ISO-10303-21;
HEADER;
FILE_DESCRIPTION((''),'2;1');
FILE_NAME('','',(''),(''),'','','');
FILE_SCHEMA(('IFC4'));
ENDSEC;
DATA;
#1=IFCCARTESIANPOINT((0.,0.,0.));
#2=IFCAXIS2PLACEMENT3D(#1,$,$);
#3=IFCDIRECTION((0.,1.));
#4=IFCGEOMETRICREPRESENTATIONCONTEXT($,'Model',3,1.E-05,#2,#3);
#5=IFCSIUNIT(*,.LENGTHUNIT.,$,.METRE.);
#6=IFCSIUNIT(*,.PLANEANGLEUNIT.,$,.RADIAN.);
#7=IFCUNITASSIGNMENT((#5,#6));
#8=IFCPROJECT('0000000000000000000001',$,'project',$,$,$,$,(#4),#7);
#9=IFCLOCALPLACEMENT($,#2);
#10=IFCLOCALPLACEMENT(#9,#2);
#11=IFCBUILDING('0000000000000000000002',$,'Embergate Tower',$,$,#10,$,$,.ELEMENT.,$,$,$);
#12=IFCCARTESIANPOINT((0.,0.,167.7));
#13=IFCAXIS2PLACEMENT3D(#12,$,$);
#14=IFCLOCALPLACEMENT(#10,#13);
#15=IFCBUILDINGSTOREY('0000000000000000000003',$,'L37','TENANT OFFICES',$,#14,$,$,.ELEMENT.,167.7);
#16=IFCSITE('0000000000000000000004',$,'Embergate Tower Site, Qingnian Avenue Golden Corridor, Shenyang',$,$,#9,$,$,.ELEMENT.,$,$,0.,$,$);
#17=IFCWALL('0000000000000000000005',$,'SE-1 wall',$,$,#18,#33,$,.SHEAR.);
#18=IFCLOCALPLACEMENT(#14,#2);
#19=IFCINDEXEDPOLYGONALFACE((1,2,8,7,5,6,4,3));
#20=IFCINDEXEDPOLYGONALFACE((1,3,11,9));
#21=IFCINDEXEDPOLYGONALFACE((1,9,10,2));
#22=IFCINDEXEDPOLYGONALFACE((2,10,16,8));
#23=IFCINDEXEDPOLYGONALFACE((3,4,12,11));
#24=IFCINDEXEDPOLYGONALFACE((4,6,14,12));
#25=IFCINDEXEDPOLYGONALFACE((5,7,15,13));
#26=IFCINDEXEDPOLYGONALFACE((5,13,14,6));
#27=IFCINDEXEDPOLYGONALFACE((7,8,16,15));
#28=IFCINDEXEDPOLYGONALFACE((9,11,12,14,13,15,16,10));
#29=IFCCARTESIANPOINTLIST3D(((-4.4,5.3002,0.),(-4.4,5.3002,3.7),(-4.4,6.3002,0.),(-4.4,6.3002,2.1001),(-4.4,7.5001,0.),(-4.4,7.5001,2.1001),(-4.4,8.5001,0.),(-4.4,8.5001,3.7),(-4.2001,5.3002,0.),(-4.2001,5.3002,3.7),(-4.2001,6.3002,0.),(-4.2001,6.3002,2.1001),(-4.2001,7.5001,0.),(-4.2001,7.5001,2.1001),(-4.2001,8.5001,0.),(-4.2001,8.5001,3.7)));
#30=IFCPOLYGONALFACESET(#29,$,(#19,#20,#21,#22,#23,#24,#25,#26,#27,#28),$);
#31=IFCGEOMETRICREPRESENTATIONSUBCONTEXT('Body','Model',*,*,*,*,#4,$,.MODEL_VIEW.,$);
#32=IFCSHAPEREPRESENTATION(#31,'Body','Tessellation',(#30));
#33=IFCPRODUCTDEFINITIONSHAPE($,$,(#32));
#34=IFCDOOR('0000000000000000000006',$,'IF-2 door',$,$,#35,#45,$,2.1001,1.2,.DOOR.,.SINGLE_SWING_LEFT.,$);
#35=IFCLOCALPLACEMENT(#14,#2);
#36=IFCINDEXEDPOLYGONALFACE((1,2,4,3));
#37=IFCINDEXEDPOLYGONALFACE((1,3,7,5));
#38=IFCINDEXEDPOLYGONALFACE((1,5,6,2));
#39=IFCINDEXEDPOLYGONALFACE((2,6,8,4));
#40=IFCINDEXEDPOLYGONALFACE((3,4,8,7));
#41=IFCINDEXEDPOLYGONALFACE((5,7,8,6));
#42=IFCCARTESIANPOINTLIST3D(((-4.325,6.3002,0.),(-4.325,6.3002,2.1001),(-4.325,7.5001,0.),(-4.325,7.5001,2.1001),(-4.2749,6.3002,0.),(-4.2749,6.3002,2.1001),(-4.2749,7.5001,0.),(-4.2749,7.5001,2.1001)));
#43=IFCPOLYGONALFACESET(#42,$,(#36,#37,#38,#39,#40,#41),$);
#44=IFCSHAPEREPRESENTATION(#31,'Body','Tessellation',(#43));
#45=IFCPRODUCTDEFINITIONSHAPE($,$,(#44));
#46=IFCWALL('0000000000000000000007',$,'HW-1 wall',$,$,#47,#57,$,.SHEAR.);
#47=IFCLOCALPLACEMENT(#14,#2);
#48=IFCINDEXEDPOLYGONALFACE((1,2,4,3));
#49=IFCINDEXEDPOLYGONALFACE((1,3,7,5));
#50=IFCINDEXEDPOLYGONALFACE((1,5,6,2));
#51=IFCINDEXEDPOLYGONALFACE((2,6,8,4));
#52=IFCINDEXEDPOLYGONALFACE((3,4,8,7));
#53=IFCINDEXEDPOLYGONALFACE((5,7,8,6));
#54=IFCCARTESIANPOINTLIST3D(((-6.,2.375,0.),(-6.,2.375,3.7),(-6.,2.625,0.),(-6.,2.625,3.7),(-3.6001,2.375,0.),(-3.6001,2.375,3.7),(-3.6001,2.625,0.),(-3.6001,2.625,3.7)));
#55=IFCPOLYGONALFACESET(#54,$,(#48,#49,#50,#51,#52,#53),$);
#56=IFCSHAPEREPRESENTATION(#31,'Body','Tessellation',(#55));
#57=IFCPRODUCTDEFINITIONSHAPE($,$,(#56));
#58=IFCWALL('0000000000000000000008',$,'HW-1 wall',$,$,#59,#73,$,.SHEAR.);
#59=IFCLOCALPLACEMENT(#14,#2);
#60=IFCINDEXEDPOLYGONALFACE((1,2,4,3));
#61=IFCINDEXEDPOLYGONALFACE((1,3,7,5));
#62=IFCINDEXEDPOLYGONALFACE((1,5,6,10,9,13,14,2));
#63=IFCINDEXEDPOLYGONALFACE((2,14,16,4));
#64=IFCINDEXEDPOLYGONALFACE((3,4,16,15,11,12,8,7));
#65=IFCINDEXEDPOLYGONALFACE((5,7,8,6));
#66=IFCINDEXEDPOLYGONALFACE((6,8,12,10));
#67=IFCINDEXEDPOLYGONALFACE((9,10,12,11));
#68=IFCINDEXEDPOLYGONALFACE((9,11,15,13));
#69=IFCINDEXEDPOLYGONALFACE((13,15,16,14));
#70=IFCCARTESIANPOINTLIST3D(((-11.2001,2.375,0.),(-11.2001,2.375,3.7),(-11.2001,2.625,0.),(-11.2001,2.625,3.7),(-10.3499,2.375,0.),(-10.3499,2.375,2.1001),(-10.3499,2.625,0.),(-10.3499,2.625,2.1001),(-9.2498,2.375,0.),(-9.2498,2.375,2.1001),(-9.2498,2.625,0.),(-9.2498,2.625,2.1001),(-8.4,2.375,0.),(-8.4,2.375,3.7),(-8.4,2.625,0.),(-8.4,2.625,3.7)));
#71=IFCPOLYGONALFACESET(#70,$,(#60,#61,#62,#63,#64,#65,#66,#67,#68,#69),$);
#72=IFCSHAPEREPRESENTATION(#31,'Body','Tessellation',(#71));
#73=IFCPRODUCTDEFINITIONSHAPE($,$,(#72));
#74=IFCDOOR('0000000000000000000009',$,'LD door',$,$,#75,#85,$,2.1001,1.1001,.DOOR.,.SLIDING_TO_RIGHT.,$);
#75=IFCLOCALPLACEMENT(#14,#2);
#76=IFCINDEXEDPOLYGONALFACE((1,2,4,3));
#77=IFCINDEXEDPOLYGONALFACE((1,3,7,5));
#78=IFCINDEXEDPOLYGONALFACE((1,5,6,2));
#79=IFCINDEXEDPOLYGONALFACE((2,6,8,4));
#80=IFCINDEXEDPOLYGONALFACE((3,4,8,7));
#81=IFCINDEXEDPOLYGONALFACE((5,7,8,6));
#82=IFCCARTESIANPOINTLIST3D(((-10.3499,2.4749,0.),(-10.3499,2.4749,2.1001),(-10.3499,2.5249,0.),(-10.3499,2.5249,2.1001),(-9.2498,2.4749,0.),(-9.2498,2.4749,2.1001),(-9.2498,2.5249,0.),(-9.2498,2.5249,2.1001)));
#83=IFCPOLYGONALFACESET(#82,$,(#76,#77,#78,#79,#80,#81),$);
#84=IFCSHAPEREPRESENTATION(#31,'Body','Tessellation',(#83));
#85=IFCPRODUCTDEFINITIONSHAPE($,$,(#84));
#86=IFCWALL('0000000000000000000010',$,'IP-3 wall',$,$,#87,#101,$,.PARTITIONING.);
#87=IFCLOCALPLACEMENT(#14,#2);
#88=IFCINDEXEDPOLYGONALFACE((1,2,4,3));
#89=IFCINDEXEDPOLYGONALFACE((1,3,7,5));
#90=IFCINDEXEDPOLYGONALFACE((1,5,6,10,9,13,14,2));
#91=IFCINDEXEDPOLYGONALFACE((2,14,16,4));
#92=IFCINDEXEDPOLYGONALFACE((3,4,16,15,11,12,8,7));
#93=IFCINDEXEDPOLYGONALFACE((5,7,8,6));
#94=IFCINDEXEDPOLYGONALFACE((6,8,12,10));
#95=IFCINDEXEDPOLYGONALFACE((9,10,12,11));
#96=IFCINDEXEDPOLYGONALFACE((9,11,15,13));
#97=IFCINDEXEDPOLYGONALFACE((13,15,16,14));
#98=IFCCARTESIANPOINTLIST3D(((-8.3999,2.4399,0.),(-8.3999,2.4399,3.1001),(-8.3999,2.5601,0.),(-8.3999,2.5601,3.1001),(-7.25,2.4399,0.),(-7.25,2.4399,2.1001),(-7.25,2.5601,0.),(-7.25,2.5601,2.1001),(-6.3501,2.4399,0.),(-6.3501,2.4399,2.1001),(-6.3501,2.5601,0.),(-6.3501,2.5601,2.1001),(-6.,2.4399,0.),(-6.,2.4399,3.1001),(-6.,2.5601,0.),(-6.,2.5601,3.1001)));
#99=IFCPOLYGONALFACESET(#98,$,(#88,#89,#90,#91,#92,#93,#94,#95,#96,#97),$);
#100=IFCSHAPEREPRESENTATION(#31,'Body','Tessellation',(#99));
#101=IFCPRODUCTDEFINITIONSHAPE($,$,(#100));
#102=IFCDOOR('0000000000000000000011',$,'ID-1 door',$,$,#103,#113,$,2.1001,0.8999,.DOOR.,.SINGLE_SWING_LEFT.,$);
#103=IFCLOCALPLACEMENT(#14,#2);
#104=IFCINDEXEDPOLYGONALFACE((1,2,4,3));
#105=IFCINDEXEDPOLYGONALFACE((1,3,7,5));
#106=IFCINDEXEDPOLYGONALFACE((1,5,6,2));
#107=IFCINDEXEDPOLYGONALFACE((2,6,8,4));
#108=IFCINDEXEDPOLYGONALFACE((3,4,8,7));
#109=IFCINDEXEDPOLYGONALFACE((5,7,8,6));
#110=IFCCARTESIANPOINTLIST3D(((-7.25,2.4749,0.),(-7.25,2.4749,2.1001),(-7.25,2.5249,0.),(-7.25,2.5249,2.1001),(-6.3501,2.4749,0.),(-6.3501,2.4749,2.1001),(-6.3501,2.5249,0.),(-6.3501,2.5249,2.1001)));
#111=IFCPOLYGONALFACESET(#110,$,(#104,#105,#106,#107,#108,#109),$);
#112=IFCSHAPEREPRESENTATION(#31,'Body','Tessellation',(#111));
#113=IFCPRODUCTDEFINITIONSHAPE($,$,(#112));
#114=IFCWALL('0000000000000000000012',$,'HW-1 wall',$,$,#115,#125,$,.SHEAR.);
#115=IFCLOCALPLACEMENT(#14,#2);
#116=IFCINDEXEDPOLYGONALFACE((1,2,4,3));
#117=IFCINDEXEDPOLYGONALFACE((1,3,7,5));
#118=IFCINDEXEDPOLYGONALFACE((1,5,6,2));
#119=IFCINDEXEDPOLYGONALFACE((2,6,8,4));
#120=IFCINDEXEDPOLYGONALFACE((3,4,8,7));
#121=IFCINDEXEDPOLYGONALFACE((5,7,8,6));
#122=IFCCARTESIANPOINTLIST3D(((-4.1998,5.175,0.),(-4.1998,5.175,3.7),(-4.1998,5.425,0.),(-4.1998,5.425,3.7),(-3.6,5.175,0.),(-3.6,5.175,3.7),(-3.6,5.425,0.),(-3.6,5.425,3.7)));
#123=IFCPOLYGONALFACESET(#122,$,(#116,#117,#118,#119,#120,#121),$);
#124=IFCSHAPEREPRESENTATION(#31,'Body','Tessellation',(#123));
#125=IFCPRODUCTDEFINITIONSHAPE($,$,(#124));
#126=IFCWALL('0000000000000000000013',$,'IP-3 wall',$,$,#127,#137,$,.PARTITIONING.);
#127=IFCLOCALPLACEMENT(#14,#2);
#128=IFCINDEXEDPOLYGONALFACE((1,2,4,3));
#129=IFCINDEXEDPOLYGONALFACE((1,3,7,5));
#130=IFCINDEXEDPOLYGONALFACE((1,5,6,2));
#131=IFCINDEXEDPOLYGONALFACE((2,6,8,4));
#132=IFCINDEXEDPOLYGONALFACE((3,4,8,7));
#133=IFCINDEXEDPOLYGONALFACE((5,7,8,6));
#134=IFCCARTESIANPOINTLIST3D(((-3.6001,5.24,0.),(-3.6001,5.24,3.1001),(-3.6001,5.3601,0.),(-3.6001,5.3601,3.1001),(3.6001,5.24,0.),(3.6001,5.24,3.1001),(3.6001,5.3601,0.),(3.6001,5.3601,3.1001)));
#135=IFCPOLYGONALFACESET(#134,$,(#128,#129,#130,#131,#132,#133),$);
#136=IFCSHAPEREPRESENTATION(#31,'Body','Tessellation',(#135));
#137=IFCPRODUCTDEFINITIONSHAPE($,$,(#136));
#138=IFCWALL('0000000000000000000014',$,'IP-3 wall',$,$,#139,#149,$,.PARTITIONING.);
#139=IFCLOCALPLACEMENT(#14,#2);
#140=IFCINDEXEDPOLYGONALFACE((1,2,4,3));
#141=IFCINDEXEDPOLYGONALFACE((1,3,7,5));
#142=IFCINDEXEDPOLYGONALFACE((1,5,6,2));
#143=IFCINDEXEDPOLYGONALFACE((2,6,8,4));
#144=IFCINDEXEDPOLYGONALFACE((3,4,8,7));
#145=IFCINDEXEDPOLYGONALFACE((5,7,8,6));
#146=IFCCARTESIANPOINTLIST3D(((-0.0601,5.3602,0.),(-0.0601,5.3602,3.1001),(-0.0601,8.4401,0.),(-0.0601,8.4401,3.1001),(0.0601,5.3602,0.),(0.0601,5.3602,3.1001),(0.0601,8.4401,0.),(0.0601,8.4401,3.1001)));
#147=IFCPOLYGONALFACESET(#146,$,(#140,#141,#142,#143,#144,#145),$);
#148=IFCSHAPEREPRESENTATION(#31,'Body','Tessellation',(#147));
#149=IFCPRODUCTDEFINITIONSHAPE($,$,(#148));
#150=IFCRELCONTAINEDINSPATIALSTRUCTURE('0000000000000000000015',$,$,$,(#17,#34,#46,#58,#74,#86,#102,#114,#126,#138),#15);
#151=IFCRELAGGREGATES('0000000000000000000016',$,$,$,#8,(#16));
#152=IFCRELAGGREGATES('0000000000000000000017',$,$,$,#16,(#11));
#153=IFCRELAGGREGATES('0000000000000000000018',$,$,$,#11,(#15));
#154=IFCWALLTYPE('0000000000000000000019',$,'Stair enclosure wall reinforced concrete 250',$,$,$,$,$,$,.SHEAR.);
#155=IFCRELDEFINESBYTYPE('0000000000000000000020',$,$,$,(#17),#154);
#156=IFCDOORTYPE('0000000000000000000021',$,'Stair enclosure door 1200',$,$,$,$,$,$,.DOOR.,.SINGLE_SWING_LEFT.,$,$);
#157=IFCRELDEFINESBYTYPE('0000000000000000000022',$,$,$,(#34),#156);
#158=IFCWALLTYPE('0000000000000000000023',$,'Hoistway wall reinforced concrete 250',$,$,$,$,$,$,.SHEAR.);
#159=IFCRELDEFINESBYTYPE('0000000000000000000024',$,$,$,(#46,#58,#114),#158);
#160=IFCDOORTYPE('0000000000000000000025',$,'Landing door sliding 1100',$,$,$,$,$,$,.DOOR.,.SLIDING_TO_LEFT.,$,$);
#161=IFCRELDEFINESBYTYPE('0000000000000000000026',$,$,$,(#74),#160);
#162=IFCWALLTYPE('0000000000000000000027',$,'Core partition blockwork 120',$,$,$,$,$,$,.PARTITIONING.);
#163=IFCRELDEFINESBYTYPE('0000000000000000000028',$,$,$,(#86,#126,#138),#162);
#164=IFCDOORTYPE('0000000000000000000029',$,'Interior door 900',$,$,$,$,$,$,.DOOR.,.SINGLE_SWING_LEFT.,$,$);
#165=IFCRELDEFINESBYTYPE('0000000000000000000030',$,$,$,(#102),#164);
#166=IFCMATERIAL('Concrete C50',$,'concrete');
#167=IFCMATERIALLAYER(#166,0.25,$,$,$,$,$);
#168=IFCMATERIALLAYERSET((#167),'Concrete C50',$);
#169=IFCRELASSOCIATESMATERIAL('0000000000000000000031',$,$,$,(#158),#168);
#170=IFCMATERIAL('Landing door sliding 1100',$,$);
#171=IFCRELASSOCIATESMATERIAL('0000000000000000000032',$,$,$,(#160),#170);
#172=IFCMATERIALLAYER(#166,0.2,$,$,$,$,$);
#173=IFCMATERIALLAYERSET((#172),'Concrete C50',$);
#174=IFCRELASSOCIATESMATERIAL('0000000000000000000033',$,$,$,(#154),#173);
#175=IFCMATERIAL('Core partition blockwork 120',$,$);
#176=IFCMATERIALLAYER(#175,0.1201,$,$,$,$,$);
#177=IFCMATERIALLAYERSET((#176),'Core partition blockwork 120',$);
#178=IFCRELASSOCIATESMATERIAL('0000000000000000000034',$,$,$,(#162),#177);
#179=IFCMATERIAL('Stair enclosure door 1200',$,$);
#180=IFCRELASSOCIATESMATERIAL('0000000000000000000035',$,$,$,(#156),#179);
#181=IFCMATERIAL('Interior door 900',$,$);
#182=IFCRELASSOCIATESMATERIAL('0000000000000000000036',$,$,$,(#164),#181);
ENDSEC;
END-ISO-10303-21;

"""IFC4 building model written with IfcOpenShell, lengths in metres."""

from ifc_helpers import new_model, si_unit, direction, frame, frame_2d, origin, place, context, subcontext, project, spatial, rectangle, extrude, source, transform, mapped, material, layer, layer_set, type_object, element, fill, save


model = new_model("IFC4")

# Units and contexts
model_context = context("Model", 3, precision=1e-05, world=origin(), true_north=direction((0.0, 1.0)))
body_context = subcontext(model_context, "Body", "Model", "MODEL_VIEW")
ifc_project = project(units=[si_unit("LENGTHUNIT", "METRE"), si_unit("PLANEANGLEUNIT", "RADIAN")], contexts=[model_context])

# Site, building, storey
site_placement = place(None, origin())
site = spatial("IfcSite", under=ifc_project, at=site_placement, Name="Embergate Tower Site, Qingnian Avenue Golden Corridor, Shenyang", CompositionType="ELEMENT", RefElevation=0.0)
building_placement = place(site_placement, origin())
building = spatial("IfcBuilding", under=site, at=building_placement, Name="Embergate Tower", CompositionType="ELEMENT")
storey_placement = place(building_placement, frame((0.0, 0.0, 167.7)))
storey = spatial("IfcBuildingStorey", under=building, at=storey_placement, Name="L37", Description="TENANT OFFICES", CompositionType="ELEMENT", Elevation=167.7)

# Shared definitions
ifc_material_1 = material(Name="Concrete C50", Category="concrete")
ifc_layer_1 = layer(ifc_material_1, 0.25)
ifc_layer_set_1 = layer_set([ifc_layer_1], Name="Concrete C50")
wall_type_1 = type_object("IfcWallType", Name="Hoistway wall reinforced concrete 250", PredefinedType="SHEAR", material=ifc_layer_set_1)

# Shared definitions
shared_shape_1 = source(origin(), body_context, "Body", "SweptSolid", [
    extrude(rectangle(XDim=1.1001, YDim=2.1001, at=frame_2d((0.55, 1.05))), frame((0.0, 0.135, 0.0), z_axis=(0.0, -1.0, 0.0), x_axis=(1.0, 0.0, 0.0)), (0.0, 0.0, 1.0), 0.27),
])
ifc_material_2 = material(Name="Landing door sliding 1100")
door_type_1 = type_object("IfcDoorType", Name="Landing door sliding 1100", OperationType="SLIDING_TO_LEFT", PredefinedType="DOOR", material=ifc_material_2)
shared_shape_2 = source(origin(), body_context, "Body", "SweptSolid", [
    extrude(rectangle(XDim=1.1001, YDim=2.1001, at=frame_2d((0.55, 1.05))), frame((0.0, 0.0249, 0.0), z_axis=(0.0, -1.0, 0.0), x_axis=(1.0, 0.0, 0.0)), (0.0, 0.0, 1.0), 0.05),
])

# Shared definitions
ifc_layer_2 = layer(ifc_material_1, 0.2)
ifc_layer_set_2 = layer_set([ifc_layer_2], Name="Concrete C50")
wall_type_2 = type_object("IfcWallType", Name="Stair enclosure wall reinforced concrete 250", PredefinedType="SHEAR", material=ifc_layer_set_2)

# Wall, opening, door
ifc_material_3 = material(Name="Core partition blockwork 120")
ifc_layer_3 = layer(ifc_material_3, 0.1201)
ifc_layer_set_3 = layer_set([ifc_layer_3], Name="Core partition blockwork 120")
wall_type_3 = type_object("IfcWallType", Name="Core partition blockwork 120", PredefinedType="PARTITIONING", material=ifc_layer_set_3)
shared_shape_3 = source(origin(), body_context, "Body", "SweptSolid", [
    extrude(rectangle(XDim=3.2, YDim=0.2, at=frame_2d((1.6001, 0.0))), origin(), (0.0, 0.0, 1.0), 3.7),
])
wall_1_placement = place(storey_placement, frame((-4.3, 5.3, 0.0), z_axis=(0.0, 0.0, 1.0), x_axis=(0.0, 1.0, 0.0)))
wall_1 = element("IfcWall", 1, at=wall_1_placement, inside=storey, type_object=wall_type_2, Name="SE-1 wall", PredefinedType="SHEAR", context=body_context, shape_type="MappedRepresentation", body=[
    mapped(shared_shape_3, transform((0.0, 0.0, 0.0))),
])
shared_shape_4 = source(origin(), body_context, "Body", "SweptSolid", [
    extrude(rectangle(XDim=1.2, YDim=2.1001, at=frame_2d((0.6001, 1.05))), frame((0.0, 0.1099, 0.0), z_axis=(0.0, -1.0, 0.0), x_axis=(1.0, 0.0, 0.0)), (0.0, 0.0, 1.0), 0.22),
])
opening_1_placement = place(wall_1_placement, frame((1.0, 0.0, 0.0)))
opening_1 = element("IfcOpeningElement", 2, at=opening_1_placement, cuts=wall_1, PredefinedType="OPENING", context=body_context, shape_type="MappedRepresentation", body=[
    mapped(shared_shape_4, transform((0.0, 0.0, 0.0))),
])
ifc_material_4 = material(Name="Stair enclosure door 1200")
door_type_2 = type_object("IfcDoorType", Name="Stair enclosure door 1200", OperationType="SINGLE_SWING_LEFT", PredefinedType="DOOR", material=ifc_material_4)
shared_shape_5 = source(origin(), body_context, "Body", "SweptSolid", [
    extrude(rectangle(XDim=1.2, YDim=2.1001, at=frame_2d((0.6001, 1.05))), frame((0.0, 0.0249, 0.0), z_axis=(0.0, -1.0, 0.0), x_axis=(1.0, 0.0, 0.0)), (0.0, 0.0, 1.0), 0.05),
])
door_1_placement = place(opening_1_placement, origin())
door_1 = element("IfcDoor", 3, at=door_1_placement, inside=storey, type_object=door_type_2, Name="IF-2 door", OperationType="SINGLE_SWING_LEFT", OverallHeight=2.1001, OverallWidth=1.2, PredefinedType="DOOR", context=body_context, shape_type="MappedRepresentation", body=[
    mapped(shared_shape_5, transform((0.0, 0.0, 0.0))),
])
fill(opening_1, door_1)

# Wall
shared_shape_6 = source(origin(), body_context, "Body", "SweptSolid", [
    extrude(rectangle(XDim=2.3999, YDim=0.25, at=frame_2d((1.2, 0.0))), origin(), (0.0, 0.0, 1.0), 3.7),
])
wall_2_placement = place(storey_placement, frame((-6.0, 2.5, 0.0), z_axis=(0.0, 0.0, 1.0), x_axis=(1.0, 0.0, 0.0)))
element("IfcWall", 4, at=wall_2_placement, inside=storey, type_object=wall_type_1, Name="HW-1 wall", PredefinedType="SHEAR", context=body_context, shape_type="MappedRepresentation", body=[
    mapped(shared_shape_6, transform((0.0, 0.0, 0.0))),
])

# Walls, openings, doors
shared_shape_7 = source(origin(), body_context, "Body", "SweptSolid", [
    extrude(rectangle(XDim=2.8, YDim=0.25, at=frame_2d((1.3999, 0.0))), origin(), (0.0, 0.0, 1.0), 3.7),
])
wall_3_placement = place(storey_placement, frame((-11.2, 2.5, 0.0), z_axis=(0.0, 0.0, 1.0), x_axis=(1.0, 0.0, 0.0)))
wall_3 = element("IfcWall", 5, at=wall_3_placement, inside=storey, type_object=wall_type_1, Name="HW-1 wall", PredefinedType="SHEAR", context=body_context, shape_type="MappedRepresentation", body=[
    mapped(shared_shape_7, transform((0.0, 0.0, 0.0))),
])
opening_2_placement = place(wall_3_placement, frame((0.8501, 0.0, 0.0)))
opening_2 = element("IfcOpeningElement", 6, at=opening_2_placement, cuts=wall_3, PredefinedType="OPENING", context=body_context, shape_type="MappedRepresentation", body=[
    mapped(shared_shape_1, transform((0.0, 0.0, 0.0))),
])
door_2_placement = place(opening_2_placement, origin())
door_2 = element("IfcDoor", 7, at=door_2_placement, inside=storey, type_object=door_type_1, Name="LD door", OperationType="SLIDING_TO_RIGHT", OverallHeight=2.1001, OverallWidth=1.1001, PredefinedType="DOOR", context=body_context, shape_type="MappedRepresentation", body=[
    mapped(shared_shape_2, transform((0.0, 0.0, 0.0))),
])
fill(opening_2, door_2)
shared_shape_8 = source(origin(), body_context, "Body", "SweptSolid", [
    extrude(rectangle(XDim=2.3999, YDim=0.1201, at=frame_2d((1.2, 0.0))), origin(), (0.0, 0.0, 1.0), 3.1001),
])
wall_4_placement = place(storey_placement, frame((-8.3999, 2.5, 0.0), z_axis=(0.0, 0.0, 1.0), x_axis=(1.0, 0.0, 0.0)))
wall_4 = element("IfcWall", 8, at=wall_4_placement, inside=storey, type_object=wall_type_3, Name="IP-3 wall", PredefinedType="PARTITIONING", context=body_context, shape_type="MappedRepresentation", body=[
    mapped(shared_shape_8, transform((0.0, 0.0, 0.0))),
])
shared_shape_9 = source(origin(), body_context, "Body", "SweptSolid", [
    extrude(rectangle(XDim=0.8999, YDim=2.1001, at=frame_2d((0.45, 1.05))), frame((0.0, 0.0701, 0.0), z_axis=(0.0, -1.0, 0.0), x_axis=(1.0, 0.0, 0.0)), (0.0, 0.0, 1.0), 0.1401),
])
opening_3_placement = place(wall_4_placement, frame((1.1499, 0.0, 0.0)))
opening_3 = element("IfcOpeningElement", 9, at=opening_3_placement, cuts=wall_4, PredefinedType="OPENING", context=body_context, shape_type="MappedRepresentation", body=[
    mapped(shared_shape_9, transform((0.0, 0.0, 0.0))),
])
ifc_material_5 = material(Name="Interior door 900")
door_type_3 = type_object("IfcDoorType", Name="Interior door 900", OperationType="SINGLE_SWING_LEFT", PredefinedType="DOOR", material=ifc_material_5)
shared_shape_10 = source(origin(), body_context, "Body", "SweptSolid", [
    extrude(rectangle(XDim=0.8999, YDim=2.1001, at=frame_2d((0.45, 1.05))), frame((0.0, 0.0249, 0.0), z_axis=(0.0, -1.0, 0.0), x_axis=(1.0, 0.0, 0.0)), (0.0, 0.0, 1.0), 0.05),
])
door_3_placement = place(opening_3_placement, origin())
door_3 = element("IfcDoor", 10, at=door_3_placement, inside=storey, type_object=door_type_3, Name="ID-1 door", OperationType="SINGLE_SWING_LEFT", OverallHeight=2.1001, OverallWidth=0.8999, PredefinedType="DOOR", context=body_context, shape_type="MappedRepresentation", body=[
    mapped(shared_shape_10, transform((0.0, 0.0, 0.0))),
])
fill(opening_3, door_3)

# Walls
shared_shape_11 = source(origin(), body_context, "Body", "SweptSolid", [
    extrude(rectangle(XDim=0.5999, YDim=0.25, at=frame_2d((0.2998, 0.0))), origin(), (0.0, 0.0, 1.0), 3.7),
])
wall_5_placement = place(storey_placement, frame((-3.6001, 5.3, 0.0), z_axis=(0.0, 0.0, 1.0), x_axis=(-1.0, 0.0, 0.0)))
element("IfcWall", 11, at=wall_5_placement, inside=storey, type_object=wall_type_1, Name="HW-1 wall", PredefinedType="SHEAR", context=body_context, shape_type="MappedRepresentation", body=[
    mapped(shared_shape_11, transform((0.0, 0.0, 0.0))),
])
shared_shape_12 = source(origin(), body_context, "Body", "SweptSolid", [
    extrude(rectangle(XDim=7.2002, YDim=0.1201, at=frame_2d((3.6001, 0.0))), origin(), (0.0, 0.0, 1.0), 3.1001),
])
wall_6_placement = place(storey_placement, frame((-3.6001, 5.3, 0.0), z_axis=(0.0, 0.0, 1.0), x_axis=(1.0, 0.0, 0.0)))
element("IfcWall", 12, at=wall_6_placement, inside=storey, type_object=wall_type_3, Name="IP-3 wall", PredefinedType="PARTITIONING", context=body_context, shape_type="MappedRepresentation", body=[
    mapped(shared_shape_12, transform((0.0, 0.0, 0.0))),
])
shared_shape_13 = source(origin(), body_context, "Body", "SweptSolid", [
    extrude(rectangle(XDim=3.0798, YDim=0.1201, at=frame_2d((1.54, 0.0))), origin(), (0.0, 0.0, 1.0), 3.1001),
])
wall_7_placement = place(storey_placement, frame((0.0, 5.3601, 0.0), z_axis=(0.0, 0.0, 1.0), x_axis=(0.0, 1.0, 0.0)))
element("IfcWall", 13, at=wall_7_placement, inside=storey, type_object=wall_type_3, Name="IP-3 wall", PredefinedType="PARTITIONING", context=body_context, shape_type="MappedRepresentation", body=[
    mapped(shared_shape_13, transform((0.0, 0.0, 0.0))),
])

save(model, "model.ifc")
